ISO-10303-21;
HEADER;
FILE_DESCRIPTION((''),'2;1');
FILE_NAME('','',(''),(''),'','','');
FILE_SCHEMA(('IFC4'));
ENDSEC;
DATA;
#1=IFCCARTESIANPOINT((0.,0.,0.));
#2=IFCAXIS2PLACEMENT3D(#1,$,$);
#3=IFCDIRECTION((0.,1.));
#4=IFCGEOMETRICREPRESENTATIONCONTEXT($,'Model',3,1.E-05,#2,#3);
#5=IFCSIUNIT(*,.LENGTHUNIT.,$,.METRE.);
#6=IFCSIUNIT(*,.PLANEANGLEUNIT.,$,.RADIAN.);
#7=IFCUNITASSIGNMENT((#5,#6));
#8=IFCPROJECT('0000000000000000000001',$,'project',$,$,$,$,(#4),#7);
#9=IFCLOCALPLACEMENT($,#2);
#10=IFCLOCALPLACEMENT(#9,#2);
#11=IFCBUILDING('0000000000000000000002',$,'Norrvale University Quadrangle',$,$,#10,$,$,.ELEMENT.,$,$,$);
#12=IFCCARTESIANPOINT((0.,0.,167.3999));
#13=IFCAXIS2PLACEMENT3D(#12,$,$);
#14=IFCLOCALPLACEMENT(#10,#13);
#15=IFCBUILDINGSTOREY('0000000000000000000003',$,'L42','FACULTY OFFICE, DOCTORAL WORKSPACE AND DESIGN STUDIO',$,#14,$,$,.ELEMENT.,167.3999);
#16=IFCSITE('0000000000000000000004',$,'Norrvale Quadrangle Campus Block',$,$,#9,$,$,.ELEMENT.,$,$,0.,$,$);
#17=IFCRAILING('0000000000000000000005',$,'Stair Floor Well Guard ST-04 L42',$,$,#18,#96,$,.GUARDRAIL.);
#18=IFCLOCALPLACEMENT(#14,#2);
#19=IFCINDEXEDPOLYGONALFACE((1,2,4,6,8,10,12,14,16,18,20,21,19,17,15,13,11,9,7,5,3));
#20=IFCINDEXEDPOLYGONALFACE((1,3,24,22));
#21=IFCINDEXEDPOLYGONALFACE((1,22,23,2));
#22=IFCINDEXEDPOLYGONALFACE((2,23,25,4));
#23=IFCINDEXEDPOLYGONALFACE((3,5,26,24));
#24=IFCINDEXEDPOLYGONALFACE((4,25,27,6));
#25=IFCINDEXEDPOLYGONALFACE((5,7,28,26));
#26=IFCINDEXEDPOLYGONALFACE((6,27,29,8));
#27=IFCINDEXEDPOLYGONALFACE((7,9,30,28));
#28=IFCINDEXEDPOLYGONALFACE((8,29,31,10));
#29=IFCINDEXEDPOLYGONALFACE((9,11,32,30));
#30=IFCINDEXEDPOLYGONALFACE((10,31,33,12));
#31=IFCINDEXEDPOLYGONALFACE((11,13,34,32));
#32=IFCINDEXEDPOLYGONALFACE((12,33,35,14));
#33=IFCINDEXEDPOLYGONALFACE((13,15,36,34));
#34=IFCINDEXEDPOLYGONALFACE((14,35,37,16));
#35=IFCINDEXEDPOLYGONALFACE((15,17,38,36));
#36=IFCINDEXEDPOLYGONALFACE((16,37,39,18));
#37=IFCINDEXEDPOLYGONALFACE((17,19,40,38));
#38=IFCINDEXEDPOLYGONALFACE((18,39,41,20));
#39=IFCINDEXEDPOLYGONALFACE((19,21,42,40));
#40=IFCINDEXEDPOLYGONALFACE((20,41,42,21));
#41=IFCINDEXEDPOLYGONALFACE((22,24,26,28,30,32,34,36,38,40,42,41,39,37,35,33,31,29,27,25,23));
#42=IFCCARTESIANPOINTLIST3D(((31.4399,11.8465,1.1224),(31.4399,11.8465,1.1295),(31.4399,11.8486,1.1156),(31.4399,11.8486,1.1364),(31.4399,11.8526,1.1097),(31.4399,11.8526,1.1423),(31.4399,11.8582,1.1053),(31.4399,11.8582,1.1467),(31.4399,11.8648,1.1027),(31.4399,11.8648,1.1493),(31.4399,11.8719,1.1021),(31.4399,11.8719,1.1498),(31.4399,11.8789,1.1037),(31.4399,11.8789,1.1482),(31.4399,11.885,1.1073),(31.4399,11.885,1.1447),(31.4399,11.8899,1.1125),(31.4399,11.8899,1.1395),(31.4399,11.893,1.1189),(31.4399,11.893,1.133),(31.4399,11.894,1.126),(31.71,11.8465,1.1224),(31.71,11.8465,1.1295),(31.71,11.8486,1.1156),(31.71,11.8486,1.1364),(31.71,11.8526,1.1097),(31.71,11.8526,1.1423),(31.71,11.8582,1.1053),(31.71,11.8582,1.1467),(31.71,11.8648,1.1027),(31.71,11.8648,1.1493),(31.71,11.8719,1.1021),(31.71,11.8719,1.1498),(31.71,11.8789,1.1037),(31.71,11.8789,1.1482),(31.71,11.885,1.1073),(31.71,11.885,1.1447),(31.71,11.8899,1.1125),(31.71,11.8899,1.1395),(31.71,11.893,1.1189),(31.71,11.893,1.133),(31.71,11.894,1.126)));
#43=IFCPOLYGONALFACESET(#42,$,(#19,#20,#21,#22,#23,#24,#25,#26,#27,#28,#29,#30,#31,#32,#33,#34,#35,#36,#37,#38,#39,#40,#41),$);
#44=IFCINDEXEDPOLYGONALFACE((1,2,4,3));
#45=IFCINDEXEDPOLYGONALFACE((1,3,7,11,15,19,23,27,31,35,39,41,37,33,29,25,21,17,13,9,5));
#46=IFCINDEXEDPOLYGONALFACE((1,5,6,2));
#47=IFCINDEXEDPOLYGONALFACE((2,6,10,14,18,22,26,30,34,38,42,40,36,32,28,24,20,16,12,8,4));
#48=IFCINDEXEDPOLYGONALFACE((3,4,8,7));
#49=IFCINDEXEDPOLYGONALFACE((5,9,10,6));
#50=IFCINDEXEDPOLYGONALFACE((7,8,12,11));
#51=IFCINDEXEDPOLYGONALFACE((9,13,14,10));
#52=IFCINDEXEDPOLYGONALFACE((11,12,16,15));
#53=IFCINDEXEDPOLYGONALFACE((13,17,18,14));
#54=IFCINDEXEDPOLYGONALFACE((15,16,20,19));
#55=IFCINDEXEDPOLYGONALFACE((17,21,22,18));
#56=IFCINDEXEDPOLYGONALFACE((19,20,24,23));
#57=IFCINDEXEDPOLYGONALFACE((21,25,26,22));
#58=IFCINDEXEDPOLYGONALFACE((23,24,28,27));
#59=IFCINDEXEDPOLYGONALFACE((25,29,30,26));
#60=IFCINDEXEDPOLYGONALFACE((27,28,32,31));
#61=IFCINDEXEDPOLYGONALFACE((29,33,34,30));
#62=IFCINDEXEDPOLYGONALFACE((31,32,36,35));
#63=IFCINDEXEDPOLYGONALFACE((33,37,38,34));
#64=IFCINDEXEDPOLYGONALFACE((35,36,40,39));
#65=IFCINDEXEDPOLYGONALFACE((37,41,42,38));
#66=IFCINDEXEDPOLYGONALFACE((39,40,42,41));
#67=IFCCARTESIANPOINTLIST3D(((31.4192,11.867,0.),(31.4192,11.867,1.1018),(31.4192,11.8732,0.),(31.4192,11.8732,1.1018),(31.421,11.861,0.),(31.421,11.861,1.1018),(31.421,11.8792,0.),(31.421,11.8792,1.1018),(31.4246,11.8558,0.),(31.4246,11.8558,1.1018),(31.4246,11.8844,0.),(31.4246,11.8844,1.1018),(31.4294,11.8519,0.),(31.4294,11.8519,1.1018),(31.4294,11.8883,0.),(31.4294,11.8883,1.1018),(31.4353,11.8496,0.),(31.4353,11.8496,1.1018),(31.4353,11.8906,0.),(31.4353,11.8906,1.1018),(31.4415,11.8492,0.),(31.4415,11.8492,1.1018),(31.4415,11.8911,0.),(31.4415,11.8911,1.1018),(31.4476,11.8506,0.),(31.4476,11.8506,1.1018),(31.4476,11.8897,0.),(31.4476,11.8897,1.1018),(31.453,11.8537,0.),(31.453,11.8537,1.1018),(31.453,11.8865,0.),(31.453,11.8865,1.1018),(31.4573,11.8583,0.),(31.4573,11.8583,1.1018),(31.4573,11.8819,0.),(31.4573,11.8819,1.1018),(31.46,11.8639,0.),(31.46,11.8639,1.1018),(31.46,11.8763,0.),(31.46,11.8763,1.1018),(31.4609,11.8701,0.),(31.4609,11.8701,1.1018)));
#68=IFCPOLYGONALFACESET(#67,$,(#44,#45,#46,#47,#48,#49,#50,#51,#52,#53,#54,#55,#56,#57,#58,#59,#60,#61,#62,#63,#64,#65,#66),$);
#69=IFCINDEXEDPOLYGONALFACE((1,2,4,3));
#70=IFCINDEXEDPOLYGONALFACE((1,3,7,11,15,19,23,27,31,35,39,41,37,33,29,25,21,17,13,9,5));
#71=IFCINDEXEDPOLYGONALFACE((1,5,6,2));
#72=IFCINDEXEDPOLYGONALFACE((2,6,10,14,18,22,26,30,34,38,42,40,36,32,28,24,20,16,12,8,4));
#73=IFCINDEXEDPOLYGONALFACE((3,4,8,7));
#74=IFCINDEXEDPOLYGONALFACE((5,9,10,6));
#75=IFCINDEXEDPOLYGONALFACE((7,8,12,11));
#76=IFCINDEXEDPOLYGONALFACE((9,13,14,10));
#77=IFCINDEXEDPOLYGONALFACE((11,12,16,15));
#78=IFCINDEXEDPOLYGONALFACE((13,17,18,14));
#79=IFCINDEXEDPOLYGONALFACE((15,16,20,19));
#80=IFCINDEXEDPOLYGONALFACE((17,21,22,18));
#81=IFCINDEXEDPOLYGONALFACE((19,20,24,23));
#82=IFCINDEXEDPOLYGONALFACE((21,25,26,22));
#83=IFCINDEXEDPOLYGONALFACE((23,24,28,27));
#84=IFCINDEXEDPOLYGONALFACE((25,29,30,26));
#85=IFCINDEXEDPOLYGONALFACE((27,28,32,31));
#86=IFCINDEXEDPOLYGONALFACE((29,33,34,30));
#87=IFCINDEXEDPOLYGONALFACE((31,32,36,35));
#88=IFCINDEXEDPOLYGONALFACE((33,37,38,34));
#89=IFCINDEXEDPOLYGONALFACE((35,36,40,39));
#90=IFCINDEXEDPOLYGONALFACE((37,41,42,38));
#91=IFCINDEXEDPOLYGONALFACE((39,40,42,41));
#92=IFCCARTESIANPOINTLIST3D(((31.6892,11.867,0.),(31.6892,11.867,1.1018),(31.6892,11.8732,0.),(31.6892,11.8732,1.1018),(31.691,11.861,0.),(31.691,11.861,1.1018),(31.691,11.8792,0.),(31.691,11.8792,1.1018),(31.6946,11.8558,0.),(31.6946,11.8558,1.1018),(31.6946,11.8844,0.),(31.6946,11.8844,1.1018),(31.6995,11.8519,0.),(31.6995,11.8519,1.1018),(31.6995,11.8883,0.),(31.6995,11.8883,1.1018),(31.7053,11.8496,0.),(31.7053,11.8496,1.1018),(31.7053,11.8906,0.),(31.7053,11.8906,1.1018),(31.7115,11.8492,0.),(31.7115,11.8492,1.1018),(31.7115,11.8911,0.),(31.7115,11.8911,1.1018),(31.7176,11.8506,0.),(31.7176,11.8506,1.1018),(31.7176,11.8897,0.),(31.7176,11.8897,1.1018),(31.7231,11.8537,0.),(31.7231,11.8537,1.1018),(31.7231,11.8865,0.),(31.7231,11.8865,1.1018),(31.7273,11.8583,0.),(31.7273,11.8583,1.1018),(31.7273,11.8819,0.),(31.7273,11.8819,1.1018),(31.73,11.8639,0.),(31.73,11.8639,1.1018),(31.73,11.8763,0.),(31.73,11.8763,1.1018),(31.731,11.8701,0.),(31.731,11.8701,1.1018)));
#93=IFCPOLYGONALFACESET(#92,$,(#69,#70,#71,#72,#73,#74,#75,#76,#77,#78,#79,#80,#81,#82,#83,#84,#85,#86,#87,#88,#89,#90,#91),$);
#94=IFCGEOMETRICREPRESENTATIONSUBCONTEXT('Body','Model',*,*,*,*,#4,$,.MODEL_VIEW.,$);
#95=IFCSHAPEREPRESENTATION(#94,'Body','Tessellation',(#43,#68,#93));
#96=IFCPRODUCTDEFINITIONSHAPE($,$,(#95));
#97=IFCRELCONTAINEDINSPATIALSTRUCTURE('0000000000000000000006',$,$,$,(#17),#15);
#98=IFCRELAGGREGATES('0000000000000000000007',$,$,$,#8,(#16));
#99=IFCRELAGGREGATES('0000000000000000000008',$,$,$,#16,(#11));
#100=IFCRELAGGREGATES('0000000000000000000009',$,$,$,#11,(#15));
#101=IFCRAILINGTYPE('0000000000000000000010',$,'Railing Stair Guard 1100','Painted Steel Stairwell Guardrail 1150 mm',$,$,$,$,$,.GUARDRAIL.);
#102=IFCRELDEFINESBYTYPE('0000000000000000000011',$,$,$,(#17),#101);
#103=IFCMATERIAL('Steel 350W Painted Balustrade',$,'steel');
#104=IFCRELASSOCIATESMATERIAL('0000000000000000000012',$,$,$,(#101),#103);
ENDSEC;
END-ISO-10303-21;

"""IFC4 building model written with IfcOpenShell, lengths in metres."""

from ifc_helpers import new_model, si_unit, direction, frame, origin, origin_2d, place, context, subcontext, project, spatial, circle, extrude, material, type_object, element, save


model = new_model("IFC4")

# Units and contexts
model_context = context("Model", 3, precision=1e-05, world=origin(), true_north=direction((0.0, 1.0)))
body_context = subcontext(model_context, "Body", "Model", "MODEL_VIEW")
ifc_project = project(units=[si_unit("LENGTHUNIT", "METRE"), si_unit("PLANEANGLEUNIT", "RADIAN")], contexts=[model_context])

# Site, building, storey
site_placement = place(None, origin())
site = spatial("IfcSite", under=ifc_project, at=site_placement, Name="Norrvale Quadrangle Campus Block", CompositionType="ELEMENT", RefElevation=0.0)
building_placement = place(site_placement, origin())
building = spatial("IfcBuilding", under=site, at=building_placement, Name="Norrvale University Quadrangle", CompositionType="ELEMENT")
storey_placement = place(building_placement, frame((0.0, 0.0, 167.3999)))
storey = spatial("IfcBuildingStorey", under=building, at=storey_placement, Name="L42", Description="FACULTY OFFICE, DOCTORAL WORKSPACE AND DESIGN STUDIO", CompositionType="ELEMENT", Elevation=167.3999)

# Railing
ifc_material_1 = material(Name="Steel 350W Painted Balustrade", Category="steel")
railing_type_1 = type_object("IfcRailingType", Name="Railing Stair Guard 1100", Description="Painted Steel Stairwell Guardrail 1150 mm", PredefinedType="GUARDRAIL", material=ifc_material_1)
railing_1_placement = place(storey_placement, frame((31.4399, 11.8701, 0.0)))
element("IfcRailing", 1, at=railing_1_placement, inside=storey, type_object=railing_type_1, Name="Stair Floor Well Guard ST-04 L42", PredefinedType="GUARDRAIL", context=body_context, shape_type="SweptSolid", body=[
    extrude(circle(Radius=0.0239, at=origin_2d()), frame((0.0, 0.0, 1.126), z_axis=(1.0, 0.0, 0.0), x_axis=(0.0, 1.0, 0.0)), (0.0, 0.0, 1.0), 0.27),
    extrude(circle(Radius=0.021, at=origin_2d()), origin(), (0.0, 0.0, 1.0), 1.1018),
    extrude(circle(Radius=0.021, at=origin_2d()), frame((0.27, 0.0, 0.0)), (0.0, 0.0, 1.0), 1.1018),
])

save(model, "model.ifc")
